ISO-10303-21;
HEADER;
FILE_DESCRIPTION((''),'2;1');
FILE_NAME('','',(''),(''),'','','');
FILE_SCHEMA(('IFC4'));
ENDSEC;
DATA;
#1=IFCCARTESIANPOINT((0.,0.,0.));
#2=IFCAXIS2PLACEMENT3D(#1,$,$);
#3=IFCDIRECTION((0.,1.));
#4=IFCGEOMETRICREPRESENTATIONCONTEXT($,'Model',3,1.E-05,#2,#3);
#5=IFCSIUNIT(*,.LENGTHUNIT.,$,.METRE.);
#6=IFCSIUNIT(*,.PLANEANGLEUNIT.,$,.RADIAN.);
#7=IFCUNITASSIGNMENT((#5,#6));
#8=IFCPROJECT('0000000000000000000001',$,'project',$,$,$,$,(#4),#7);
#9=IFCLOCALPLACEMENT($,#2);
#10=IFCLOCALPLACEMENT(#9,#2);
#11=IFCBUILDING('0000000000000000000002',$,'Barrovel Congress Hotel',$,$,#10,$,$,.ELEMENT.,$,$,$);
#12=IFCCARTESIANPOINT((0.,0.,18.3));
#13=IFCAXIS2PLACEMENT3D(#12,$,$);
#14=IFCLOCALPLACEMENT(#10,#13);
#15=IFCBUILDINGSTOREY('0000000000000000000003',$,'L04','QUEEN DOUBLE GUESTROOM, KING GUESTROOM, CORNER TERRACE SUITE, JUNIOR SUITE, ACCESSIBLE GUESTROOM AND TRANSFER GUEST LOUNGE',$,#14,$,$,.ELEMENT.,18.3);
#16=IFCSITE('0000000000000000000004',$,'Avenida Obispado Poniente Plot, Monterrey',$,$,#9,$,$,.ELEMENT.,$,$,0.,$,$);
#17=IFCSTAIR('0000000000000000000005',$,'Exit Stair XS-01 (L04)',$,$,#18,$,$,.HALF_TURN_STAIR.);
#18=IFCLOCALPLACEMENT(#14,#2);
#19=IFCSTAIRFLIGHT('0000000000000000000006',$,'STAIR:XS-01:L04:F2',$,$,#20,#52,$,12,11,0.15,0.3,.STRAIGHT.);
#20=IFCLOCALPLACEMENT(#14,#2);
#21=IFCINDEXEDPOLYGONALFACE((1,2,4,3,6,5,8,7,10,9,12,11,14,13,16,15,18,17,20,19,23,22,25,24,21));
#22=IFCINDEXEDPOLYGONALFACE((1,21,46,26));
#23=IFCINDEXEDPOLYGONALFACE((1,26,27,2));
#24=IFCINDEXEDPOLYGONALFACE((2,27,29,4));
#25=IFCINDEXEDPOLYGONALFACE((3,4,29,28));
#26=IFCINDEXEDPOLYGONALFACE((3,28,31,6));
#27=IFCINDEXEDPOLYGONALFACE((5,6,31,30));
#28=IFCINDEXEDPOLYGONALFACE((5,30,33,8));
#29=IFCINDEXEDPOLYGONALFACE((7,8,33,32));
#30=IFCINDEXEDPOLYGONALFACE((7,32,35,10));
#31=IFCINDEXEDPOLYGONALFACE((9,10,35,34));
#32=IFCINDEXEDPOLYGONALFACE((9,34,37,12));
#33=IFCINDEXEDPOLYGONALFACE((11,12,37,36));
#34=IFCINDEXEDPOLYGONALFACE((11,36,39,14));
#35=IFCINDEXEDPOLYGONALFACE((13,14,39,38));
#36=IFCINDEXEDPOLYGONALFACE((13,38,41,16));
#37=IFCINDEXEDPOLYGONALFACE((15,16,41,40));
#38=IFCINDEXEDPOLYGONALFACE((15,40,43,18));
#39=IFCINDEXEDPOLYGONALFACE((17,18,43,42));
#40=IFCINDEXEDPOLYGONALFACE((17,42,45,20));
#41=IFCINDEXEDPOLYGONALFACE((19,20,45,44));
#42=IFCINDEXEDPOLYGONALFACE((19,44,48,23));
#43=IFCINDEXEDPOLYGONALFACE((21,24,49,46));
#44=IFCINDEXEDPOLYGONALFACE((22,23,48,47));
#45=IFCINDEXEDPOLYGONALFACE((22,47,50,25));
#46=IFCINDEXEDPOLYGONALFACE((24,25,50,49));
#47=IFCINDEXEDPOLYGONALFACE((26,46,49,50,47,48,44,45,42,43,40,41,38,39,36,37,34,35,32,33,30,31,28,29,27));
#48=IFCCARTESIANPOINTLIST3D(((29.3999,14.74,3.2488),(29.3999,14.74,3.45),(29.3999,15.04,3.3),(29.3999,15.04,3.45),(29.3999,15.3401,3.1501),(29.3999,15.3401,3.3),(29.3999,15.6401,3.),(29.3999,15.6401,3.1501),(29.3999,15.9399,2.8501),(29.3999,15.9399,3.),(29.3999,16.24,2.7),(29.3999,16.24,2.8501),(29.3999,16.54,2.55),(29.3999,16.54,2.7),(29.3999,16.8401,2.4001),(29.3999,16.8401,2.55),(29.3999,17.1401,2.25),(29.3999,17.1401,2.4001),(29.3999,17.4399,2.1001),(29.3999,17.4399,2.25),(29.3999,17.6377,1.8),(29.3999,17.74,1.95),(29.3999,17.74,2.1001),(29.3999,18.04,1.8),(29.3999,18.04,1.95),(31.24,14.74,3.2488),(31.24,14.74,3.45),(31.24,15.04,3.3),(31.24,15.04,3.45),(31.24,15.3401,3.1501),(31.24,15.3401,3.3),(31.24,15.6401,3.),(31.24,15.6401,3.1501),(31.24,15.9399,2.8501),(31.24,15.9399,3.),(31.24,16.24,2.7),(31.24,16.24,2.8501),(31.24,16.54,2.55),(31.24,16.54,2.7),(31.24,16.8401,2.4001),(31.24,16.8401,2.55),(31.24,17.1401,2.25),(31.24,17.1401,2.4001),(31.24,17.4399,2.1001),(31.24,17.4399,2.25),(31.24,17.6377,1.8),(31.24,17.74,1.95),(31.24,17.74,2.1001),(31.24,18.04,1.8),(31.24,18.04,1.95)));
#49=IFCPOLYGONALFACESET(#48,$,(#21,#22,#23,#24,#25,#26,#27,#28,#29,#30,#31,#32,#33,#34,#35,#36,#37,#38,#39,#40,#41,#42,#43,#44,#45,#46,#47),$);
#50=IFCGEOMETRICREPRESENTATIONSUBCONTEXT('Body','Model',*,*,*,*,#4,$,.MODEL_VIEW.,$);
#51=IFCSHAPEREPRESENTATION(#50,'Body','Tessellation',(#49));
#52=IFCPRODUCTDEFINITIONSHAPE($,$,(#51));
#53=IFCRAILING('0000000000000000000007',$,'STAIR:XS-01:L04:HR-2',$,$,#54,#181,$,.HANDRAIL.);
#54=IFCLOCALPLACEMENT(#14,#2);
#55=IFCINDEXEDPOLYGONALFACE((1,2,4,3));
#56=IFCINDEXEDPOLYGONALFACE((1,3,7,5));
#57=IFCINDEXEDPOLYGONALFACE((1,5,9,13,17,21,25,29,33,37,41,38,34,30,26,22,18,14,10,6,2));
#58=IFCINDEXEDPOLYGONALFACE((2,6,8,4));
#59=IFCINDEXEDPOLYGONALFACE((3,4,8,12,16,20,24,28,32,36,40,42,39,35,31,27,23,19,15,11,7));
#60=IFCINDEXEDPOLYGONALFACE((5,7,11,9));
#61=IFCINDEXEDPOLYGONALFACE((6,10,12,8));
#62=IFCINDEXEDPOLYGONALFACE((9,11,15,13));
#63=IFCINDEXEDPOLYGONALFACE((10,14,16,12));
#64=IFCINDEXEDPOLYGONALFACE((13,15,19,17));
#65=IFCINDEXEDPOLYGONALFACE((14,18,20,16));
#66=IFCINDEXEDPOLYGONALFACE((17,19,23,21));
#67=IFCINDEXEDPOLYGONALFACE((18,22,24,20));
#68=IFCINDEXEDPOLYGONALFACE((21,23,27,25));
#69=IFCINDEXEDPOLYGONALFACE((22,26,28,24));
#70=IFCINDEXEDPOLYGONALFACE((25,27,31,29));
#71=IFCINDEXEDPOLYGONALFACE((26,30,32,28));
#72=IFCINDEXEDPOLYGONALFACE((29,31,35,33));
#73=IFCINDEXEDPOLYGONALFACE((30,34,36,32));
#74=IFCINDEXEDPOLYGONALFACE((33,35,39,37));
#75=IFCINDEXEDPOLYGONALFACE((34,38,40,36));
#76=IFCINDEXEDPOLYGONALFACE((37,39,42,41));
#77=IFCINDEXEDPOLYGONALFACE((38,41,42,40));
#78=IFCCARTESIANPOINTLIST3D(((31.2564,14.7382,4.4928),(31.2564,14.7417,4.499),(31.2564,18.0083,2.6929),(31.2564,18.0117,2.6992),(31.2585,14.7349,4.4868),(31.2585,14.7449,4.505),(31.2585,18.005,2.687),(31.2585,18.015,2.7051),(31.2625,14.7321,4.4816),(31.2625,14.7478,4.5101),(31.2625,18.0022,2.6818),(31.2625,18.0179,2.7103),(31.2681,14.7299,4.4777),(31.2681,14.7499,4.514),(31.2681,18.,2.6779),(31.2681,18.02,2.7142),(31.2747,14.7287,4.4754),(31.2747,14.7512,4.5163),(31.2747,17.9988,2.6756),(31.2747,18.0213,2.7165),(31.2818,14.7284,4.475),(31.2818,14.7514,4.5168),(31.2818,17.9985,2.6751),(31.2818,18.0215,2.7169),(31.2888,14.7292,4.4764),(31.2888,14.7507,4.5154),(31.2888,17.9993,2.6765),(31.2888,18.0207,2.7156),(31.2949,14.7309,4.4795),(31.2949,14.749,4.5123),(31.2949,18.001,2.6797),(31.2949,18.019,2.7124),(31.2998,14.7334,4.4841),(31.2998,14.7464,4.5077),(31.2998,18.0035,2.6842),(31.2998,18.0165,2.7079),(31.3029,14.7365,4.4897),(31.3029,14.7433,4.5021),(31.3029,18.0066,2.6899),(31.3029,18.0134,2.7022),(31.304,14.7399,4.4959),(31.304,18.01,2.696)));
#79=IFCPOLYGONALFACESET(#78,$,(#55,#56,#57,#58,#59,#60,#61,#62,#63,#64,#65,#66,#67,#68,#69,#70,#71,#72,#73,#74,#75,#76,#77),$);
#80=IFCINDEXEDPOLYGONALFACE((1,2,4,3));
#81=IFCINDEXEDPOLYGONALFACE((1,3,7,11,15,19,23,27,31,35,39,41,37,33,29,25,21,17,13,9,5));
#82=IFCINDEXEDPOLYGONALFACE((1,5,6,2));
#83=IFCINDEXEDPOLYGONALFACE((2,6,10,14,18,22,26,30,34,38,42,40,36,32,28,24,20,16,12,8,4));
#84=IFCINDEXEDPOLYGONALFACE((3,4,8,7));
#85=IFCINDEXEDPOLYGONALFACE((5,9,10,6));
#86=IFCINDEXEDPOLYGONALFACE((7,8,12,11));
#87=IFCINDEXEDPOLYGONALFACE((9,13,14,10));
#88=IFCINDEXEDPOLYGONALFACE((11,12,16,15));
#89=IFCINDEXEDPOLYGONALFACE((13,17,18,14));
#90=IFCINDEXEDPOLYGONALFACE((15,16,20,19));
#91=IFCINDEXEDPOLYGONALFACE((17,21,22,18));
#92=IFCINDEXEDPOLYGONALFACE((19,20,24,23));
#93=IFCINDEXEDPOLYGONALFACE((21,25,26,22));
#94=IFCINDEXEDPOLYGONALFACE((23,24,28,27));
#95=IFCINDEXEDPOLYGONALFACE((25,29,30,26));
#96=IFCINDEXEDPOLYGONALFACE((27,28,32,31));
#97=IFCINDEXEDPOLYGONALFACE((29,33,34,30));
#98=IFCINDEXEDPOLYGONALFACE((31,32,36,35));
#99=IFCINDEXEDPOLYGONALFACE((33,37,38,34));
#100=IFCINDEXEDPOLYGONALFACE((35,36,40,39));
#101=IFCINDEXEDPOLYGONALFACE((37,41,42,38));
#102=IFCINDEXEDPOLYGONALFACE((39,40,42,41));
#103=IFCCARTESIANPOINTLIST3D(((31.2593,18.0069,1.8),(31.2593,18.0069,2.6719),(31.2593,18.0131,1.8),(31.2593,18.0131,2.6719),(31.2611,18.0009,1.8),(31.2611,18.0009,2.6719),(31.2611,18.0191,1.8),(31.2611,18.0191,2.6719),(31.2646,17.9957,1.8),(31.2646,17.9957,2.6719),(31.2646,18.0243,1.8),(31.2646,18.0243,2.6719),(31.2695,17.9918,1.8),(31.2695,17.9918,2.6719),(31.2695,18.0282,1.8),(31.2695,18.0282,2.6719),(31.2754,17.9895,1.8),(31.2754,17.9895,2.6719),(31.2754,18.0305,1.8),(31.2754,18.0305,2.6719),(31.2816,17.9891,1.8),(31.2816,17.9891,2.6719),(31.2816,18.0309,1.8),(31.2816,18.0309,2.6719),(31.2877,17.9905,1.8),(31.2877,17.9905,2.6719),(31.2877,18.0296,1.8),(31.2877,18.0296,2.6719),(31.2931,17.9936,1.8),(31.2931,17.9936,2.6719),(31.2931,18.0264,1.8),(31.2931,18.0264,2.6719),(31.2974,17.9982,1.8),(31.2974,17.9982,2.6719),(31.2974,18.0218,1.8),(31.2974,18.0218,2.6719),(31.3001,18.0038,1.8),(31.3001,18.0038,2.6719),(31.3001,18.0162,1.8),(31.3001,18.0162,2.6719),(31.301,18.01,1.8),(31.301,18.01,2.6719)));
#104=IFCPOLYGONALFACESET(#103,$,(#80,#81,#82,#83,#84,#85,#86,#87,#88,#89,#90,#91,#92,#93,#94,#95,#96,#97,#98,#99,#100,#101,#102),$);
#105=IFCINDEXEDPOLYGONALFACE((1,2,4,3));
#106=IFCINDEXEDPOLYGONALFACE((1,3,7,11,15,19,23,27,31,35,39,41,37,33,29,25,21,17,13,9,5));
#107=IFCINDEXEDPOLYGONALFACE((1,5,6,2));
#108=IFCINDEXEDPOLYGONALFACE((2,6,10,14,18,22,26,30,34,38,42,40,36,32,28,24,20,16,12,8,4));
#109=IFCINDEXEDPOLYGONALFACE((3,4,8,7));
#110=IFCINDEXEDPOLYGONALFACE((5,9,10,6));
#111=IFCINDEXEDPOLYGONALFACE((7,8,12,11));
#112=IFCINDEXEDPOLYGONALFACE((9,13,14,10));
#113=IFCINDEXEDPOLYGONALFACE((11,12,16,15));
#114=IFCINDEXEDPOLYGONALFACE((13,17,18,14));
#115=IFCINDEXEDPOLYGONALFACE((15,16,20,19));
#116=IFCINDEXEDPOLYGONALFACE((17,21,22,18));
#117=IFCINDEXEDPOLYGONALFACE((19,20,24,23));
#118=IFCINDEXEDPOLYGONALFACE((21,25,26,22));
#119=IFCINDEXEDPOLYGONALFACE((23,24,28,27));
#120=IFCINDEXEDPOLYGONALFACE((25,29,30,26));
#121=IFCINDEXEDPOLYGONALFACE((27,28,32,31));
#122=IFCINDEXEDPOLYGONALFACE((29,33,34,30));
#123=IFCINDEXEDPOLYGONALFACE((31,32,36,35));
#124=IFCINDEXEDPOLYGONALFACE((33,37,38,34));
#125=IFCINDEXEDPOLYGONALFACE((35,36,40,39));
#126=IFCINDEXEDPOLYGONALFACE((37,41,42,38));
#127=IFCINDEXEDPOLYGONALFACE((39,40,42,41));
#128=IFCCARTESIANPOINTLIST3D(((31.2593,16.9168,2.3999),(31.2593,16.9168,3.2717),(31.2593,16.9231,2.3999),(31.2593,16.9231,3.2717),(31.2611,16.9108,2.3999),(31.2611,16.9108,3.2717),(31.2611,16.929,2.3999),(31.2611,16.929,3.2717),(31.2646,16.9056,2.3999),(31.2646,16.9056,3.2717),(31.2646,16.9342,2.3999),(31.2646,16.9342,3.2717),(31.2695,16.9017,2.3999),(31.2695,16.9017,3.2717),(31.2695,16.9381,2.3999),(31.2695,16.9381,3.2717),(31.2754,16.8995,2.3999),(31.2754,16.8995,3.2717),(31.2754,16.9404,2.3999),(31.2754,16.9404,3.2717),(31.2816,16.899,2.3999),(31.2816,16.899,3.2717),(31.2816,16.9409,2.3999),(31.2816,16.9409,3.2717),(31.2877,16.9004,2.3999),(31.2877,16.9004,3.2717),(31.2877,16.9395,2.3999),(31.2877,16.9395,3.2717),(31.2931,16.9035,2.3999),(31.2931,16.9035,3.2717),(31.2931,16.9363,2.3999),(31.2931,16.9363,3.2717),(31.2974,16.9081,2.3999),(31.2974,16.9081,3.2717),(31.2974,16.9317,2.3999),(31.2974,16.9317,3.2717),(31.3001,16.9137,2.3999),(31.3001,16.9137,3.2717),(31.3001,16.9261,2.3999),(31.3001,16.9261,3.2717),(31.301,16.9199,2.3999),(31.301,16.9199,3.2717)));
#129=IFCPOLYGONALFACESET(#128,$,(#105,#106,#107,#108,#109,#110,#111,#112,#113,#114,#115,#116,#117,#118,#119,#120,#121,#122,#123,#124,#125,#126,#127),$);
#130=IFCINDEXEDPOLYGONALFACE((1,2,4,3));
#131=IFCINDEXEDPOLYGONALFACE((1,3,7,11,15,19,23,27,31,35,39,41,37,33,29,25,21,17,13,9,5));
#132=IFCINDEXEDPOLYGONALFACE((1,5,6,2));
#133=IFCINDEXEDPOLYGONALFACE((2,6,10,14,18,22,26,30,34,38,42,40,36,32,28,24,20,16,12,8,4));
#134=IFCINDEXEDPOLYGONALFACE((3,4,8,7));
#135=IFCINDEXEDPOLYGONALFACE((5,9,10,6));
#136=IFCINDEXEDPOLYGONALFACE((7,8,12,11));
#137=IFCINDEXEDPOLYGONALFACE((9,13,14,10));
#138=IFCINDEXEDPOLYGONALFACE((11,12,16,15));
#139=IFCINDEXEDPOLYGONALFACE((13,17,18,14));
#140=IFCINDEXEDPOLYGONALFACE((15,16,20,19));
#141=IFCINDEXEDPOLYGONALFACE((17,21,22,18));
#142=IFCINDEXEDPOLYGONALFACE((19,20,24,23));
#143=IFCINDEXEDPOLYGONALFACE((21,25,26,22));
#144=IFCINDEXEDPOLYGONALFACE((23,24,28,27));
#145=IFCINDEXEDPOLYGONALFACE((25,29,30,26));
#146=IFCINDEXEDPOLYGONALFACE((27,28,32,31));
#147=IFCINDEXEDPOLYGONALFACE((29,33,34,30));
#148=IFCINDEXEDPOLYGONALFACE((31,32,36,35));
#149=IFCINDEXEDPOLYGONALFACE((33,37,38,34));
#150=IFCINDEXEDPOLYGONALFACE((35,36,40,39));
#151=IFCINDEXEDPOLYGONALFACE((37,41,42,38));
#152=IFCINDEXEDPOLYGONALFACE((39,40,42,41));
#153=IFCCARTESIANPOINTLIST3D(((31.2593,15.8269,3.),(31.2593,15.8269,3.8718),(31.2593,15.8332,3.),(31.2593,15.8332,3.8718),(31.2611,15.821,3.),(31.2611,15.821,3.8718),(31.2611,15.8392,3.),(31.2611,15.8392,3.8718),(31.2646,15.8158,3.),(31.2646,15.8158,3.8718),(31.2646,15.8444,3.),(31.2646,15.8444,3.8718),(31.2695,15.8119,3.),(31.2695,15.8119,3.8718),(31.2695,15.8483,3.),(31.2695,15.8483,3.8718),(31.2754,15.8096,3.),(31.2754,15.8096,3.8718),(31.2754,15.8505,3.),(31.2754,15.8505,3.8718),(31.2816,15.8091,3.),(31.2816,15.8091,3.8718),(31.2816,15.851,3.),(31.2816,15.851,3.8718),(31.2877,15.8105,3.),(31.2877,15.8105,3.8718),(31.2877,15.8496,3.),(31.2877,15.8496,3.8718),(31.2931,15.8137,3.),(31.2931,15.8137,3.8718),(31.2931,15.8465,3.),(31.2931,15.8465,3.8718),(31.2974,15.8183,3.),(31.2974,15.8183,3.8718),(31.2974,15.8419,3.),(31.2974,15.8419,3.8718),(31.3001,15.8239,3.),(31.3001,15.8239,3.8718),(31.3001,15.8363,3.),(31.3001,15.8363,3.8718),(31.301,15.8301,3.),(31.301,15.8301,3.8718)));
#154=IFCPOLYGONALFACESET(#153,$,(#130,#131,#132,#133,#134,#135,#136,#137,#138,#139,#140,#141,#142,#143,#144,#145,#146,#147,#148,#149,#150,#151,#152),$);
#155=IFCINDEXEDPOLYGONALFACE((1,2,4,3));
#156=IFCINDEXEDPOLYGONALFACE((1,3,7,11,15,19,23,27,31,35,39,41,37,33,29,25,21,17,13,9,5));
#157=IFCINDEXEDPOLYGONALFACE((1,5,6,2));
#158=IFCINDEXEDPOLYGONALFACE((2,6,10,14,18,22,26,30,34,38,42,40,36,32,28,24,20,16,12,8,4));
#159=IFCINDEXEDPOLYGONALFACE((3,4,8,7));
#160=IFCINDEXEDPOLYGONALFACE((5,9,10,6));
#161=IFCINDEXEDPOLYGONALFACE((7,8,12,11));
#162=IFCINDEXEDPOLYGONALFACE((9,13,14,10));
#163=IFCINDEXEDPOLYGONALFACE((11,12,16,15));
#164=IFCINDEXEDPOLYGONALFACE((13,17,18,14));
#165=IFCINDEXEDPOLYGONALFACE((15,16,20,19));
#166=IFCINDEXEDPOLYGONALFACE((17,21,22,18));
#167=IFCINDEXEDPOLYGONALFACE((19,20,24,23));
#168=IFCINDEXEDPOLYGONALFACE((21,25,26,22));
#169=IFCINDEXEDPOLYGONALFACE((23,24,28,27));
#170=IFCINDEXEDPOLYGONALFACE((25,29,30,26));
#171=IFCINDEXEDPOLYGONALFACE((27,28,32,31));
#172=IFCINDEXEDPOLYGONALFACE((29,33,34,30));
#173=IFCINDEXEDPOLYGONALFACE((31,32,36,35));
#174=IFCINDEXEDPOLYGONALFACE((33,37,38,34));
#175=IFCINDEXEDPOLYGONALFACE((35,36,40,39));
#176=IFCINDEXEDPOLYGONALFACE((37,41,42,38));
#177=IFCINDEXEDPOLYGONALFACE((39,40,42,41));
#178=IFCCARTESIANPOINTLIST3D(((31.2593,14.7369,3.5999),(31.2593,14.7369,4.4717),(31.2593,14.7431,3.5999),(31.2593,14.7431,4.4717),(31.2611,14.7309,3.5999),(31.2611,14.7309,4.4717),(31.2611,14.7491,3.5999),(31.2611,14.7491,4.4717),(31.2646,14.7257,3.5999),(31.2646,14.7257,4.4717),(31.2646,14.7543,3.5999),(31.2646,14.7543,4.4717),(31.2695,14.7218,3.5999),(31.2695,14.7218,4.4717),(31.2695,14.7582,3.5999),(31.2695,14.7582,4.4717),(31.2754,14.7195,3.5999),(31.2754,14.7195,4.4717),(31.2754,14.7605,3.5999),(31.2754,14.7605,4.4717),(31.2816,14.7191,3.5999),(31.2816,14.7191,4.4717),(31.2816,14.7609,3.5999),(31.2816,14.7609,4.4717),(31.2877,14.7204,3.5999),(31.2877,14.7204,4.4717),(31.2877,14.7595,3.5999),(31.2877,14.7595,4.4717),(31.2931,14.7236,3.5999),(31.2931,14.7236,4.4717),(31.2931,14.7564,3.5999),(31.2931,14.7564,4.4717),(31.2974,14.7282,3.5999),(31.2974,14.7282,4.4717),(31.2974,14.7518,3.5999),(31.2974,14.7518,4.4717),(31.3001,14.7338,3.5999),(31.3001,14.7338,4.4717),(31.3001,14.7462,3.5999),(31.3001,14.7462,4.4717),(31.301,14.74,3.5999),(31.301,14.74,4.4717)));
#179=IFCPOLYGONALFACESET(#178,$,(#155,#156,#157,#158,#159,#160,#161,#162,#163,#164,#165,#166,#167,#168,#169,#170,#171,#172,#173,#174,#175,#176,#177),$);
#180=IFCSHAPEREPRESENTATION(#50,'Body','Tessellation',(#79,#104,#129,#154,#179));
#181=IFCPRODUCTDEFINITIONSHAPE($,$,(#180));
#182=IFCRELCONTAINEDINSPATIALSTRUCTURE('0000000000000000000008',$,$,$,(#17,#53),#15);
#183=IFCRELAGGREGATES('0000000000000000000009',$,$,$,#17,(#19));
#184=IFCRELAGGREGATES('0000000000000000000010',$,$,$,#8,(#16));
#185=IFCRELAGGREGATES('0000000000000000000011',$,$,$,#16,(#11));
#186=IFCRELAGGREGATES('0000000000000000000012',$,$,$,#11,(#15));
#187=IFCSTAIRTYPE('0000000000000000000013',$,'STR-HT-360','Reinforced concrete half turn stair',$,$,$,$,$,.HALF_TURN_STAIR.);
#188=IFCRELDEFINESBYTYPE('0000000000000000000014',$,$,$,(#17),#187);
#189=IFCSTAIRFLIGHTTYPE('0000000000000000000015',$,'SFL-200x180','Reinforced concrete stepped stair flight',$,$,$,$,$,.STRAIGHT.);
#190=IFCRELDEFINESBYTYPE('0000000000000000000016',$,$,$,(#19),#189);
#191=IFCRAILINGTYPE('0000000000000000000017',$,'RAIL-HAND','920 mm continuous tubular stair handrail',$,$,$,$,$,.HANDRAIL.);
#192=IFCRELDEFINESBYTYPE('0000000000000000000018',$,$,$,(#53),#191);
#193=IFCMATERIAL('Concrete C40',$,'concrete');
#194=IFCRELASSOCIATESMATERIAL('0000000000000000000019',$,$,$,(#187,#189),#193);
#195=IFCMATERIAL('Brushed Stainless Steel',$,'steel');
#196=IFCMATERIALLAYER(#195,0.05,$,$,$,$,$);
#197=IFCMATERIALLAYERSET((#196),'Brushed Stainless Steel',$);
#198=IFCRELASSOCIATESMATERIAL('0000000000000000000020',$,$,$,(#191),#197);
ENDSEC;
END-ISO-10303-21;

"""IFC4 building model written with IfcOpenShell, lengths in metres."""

from ifc_helpers import new_model, si_unit, direction, frame, origin, origin_2d, place, context, subcontext, project, spatial, polyline, circle, outline, extrude, material, layer, layer_set, type_object, element, aggregate, save


model = new_model("IFC4")

# Units and contexts
model_context = context("Model", 3, precision=1e-05, world=origin(), true_north=direction((0.0, 1.0)))
body_context = subcontext(model_context, "Body", "Model", "MODEL_VIEW")
ifc_project = project(units=[si_unit("LENGTHUNIT", "METRE"), si_unit("PLANEANGLEUNIT", "RADIAN")], contexts=[model_context])

# Site, building, storey
site_placement = place(None, origin())
site = spatial("IfcSite", under=ifc_project, at=site_placement, Name="Avenida Obispado Poniente Plot, Monterrey", CompositionType="ELEMENT", RefElevation=0.0)
building_placement = place(site_placement, origin())
building = spatial("IfcBuilding", under=site, at=building_placement, Name="Barrovel Congress Hotel", CompositionType="ELEMENT")
storey_placement = place(building_placement, frame((0.0, 0.0, 18.3)))
storey = spatial("IfcBuildingStorey", under=building, at=storey_placement, Name="L04", Description="QUEEN DOUBLE GUESTROOM, KING GUESTROOM, CORNER TERRACE SUITE, JUNIOR SUITE, ACCESSIBLE GUESTROOM AND TRANSFER GUEST LOUNGE", CompositionType="ELEMENT", Elevation=18.3)

# Shared definitions
ifc_material_1 = material(Name="Concrete C40", Category="concrete")

# Stair, stair flight
stair_type = type_object("IfcStairType", Name="STR-HT-360", Description="Reinforced concrete half turn stair", PredefinedType="HALF_TURN_STAIR", material=ifc_material_1)
stair_placement = place(storey_placement, origin())
stair = element("IfcStair", 1, at=stair_placement, inside=storey, type_object=stair_type, Name="Exit Stair XS-01 (L04)", PredefinedType="HALF_TURN_STAIR")
stair_flight_type = type_object("IfcStairFlightType", Name="SFL-200x180", Description="Reinforced concrete stepped stair flight", PredefinedType="STRAIGHT", material=ifc_material_1)
stair_flight_placement = place(storey_placement, frame((30.3201, 18.04, 1.8), z_axis=(0.0, 0.0, 1.0), x_axis=(0.0, -1.0, 0.0)))
stair_flight = element("IfcStairFlight", 2, at=stair_flight_placement, type_object=stair_flight_type, Name="STAIR:XS-01:L04:F2", NumberOfRisers=12, NumberOfTreads=11, PredefinedType="STRAIGHT", RiserHeight=0.15, TreadLength=0.3, context=body_context, shape_type="SweptSolid", body=[
    extrude(outline(polyline([(0.0, 0.0), (0.0, 0.1499), (0.3, 0.1499), (0.3, 0.3), (0.6001, 0.3), (0.6001, 0.45), (0.8999, 0.45), (0.8999, 0.6001), (1.2, 0.6001), (1.2, 0.75), (1.5, 0.75), (1.5, 0.8999), (1.8, 0.8999), (1.8, 1.05), (2.1001, 1.05), (2.1001, 1.2), (2.3999, 1.2), (2.3999, 1.3501), (2.7, 1.3501), (2.7, 1.5), (3.0, 1.5), (3.0, 1.6499), (3.3, 1.6499), (3.3, 1.8), (3.3, 1.4487), (0.4023, 0.0), (0.0, 0.0)])), frame((0.0, 0.9199, 0.0), z_axis=(0.0, -1.0, 0.0), x_axis=(1.0, 0.0, 0.0)), (0.0, 0.0, 1.0), 1.8401),
])
aggregate(stair, [stair_flight])

# Railing
ifc_material_2 = material(Name="Brushed Stainless Steel", Category="steel")
ifc_layer_1 = layer(ifc_material_2, 0.05)
ifc_layer_set_1 = layer_set([ifc_layer_1], Name="Brushed Stainless Steel")
railing_type = type_object("IfcRailingType", Name="RAIL-HAND", Description="920 mm continuous tubular stair handrail", PredefinedType="HANDRAIL", material=ifc_layer_set_1)
railing_placement = place(storey_placement, frame((31.28, 18.01, 1.8)))
element("IfcRailing", 3, at=railing_placement, inside=storey, type_object=railing_type, Name="STAIR:XS-01:L04:HR-2", PredefinedType="HANDRAIL", context=body_context, shape_type="SweptSolid", body=[
    extrude(circle(Radius=0.0239, at=origin_2d()), frame((0.0, 0.0, 0.896), z_axis=(0.0, -0.876069, 0.482185), x_axis=(1.0, 0.0, 0.0)), (0.0, 0.0, 1.0), 3.7327),
    extrude(circle(Radius=0.021, at=origin_2d()), origin(), (0.0, 0.0, 1.0), 0.8718),
    extrude(circle(Radius=0.021, at=origin_2d()), frame((0.0, -1.0901, 0.5999)), (0.0, 0.0, 1.0), 0.8718),
    extrude(circle(Radius=0.021, at=origin_2d()), frame((0.0, -2.1799, 1.2)), (0.0, 0.0, 1.0), 0.8718),
    extrude(circle(Radius=0.021, at=origin_2d()), frame((0.0, -3.27, 1.7998)), (0.0, 0.0, 1.0), 0.8718),
])

save(model, "model.ifc")
